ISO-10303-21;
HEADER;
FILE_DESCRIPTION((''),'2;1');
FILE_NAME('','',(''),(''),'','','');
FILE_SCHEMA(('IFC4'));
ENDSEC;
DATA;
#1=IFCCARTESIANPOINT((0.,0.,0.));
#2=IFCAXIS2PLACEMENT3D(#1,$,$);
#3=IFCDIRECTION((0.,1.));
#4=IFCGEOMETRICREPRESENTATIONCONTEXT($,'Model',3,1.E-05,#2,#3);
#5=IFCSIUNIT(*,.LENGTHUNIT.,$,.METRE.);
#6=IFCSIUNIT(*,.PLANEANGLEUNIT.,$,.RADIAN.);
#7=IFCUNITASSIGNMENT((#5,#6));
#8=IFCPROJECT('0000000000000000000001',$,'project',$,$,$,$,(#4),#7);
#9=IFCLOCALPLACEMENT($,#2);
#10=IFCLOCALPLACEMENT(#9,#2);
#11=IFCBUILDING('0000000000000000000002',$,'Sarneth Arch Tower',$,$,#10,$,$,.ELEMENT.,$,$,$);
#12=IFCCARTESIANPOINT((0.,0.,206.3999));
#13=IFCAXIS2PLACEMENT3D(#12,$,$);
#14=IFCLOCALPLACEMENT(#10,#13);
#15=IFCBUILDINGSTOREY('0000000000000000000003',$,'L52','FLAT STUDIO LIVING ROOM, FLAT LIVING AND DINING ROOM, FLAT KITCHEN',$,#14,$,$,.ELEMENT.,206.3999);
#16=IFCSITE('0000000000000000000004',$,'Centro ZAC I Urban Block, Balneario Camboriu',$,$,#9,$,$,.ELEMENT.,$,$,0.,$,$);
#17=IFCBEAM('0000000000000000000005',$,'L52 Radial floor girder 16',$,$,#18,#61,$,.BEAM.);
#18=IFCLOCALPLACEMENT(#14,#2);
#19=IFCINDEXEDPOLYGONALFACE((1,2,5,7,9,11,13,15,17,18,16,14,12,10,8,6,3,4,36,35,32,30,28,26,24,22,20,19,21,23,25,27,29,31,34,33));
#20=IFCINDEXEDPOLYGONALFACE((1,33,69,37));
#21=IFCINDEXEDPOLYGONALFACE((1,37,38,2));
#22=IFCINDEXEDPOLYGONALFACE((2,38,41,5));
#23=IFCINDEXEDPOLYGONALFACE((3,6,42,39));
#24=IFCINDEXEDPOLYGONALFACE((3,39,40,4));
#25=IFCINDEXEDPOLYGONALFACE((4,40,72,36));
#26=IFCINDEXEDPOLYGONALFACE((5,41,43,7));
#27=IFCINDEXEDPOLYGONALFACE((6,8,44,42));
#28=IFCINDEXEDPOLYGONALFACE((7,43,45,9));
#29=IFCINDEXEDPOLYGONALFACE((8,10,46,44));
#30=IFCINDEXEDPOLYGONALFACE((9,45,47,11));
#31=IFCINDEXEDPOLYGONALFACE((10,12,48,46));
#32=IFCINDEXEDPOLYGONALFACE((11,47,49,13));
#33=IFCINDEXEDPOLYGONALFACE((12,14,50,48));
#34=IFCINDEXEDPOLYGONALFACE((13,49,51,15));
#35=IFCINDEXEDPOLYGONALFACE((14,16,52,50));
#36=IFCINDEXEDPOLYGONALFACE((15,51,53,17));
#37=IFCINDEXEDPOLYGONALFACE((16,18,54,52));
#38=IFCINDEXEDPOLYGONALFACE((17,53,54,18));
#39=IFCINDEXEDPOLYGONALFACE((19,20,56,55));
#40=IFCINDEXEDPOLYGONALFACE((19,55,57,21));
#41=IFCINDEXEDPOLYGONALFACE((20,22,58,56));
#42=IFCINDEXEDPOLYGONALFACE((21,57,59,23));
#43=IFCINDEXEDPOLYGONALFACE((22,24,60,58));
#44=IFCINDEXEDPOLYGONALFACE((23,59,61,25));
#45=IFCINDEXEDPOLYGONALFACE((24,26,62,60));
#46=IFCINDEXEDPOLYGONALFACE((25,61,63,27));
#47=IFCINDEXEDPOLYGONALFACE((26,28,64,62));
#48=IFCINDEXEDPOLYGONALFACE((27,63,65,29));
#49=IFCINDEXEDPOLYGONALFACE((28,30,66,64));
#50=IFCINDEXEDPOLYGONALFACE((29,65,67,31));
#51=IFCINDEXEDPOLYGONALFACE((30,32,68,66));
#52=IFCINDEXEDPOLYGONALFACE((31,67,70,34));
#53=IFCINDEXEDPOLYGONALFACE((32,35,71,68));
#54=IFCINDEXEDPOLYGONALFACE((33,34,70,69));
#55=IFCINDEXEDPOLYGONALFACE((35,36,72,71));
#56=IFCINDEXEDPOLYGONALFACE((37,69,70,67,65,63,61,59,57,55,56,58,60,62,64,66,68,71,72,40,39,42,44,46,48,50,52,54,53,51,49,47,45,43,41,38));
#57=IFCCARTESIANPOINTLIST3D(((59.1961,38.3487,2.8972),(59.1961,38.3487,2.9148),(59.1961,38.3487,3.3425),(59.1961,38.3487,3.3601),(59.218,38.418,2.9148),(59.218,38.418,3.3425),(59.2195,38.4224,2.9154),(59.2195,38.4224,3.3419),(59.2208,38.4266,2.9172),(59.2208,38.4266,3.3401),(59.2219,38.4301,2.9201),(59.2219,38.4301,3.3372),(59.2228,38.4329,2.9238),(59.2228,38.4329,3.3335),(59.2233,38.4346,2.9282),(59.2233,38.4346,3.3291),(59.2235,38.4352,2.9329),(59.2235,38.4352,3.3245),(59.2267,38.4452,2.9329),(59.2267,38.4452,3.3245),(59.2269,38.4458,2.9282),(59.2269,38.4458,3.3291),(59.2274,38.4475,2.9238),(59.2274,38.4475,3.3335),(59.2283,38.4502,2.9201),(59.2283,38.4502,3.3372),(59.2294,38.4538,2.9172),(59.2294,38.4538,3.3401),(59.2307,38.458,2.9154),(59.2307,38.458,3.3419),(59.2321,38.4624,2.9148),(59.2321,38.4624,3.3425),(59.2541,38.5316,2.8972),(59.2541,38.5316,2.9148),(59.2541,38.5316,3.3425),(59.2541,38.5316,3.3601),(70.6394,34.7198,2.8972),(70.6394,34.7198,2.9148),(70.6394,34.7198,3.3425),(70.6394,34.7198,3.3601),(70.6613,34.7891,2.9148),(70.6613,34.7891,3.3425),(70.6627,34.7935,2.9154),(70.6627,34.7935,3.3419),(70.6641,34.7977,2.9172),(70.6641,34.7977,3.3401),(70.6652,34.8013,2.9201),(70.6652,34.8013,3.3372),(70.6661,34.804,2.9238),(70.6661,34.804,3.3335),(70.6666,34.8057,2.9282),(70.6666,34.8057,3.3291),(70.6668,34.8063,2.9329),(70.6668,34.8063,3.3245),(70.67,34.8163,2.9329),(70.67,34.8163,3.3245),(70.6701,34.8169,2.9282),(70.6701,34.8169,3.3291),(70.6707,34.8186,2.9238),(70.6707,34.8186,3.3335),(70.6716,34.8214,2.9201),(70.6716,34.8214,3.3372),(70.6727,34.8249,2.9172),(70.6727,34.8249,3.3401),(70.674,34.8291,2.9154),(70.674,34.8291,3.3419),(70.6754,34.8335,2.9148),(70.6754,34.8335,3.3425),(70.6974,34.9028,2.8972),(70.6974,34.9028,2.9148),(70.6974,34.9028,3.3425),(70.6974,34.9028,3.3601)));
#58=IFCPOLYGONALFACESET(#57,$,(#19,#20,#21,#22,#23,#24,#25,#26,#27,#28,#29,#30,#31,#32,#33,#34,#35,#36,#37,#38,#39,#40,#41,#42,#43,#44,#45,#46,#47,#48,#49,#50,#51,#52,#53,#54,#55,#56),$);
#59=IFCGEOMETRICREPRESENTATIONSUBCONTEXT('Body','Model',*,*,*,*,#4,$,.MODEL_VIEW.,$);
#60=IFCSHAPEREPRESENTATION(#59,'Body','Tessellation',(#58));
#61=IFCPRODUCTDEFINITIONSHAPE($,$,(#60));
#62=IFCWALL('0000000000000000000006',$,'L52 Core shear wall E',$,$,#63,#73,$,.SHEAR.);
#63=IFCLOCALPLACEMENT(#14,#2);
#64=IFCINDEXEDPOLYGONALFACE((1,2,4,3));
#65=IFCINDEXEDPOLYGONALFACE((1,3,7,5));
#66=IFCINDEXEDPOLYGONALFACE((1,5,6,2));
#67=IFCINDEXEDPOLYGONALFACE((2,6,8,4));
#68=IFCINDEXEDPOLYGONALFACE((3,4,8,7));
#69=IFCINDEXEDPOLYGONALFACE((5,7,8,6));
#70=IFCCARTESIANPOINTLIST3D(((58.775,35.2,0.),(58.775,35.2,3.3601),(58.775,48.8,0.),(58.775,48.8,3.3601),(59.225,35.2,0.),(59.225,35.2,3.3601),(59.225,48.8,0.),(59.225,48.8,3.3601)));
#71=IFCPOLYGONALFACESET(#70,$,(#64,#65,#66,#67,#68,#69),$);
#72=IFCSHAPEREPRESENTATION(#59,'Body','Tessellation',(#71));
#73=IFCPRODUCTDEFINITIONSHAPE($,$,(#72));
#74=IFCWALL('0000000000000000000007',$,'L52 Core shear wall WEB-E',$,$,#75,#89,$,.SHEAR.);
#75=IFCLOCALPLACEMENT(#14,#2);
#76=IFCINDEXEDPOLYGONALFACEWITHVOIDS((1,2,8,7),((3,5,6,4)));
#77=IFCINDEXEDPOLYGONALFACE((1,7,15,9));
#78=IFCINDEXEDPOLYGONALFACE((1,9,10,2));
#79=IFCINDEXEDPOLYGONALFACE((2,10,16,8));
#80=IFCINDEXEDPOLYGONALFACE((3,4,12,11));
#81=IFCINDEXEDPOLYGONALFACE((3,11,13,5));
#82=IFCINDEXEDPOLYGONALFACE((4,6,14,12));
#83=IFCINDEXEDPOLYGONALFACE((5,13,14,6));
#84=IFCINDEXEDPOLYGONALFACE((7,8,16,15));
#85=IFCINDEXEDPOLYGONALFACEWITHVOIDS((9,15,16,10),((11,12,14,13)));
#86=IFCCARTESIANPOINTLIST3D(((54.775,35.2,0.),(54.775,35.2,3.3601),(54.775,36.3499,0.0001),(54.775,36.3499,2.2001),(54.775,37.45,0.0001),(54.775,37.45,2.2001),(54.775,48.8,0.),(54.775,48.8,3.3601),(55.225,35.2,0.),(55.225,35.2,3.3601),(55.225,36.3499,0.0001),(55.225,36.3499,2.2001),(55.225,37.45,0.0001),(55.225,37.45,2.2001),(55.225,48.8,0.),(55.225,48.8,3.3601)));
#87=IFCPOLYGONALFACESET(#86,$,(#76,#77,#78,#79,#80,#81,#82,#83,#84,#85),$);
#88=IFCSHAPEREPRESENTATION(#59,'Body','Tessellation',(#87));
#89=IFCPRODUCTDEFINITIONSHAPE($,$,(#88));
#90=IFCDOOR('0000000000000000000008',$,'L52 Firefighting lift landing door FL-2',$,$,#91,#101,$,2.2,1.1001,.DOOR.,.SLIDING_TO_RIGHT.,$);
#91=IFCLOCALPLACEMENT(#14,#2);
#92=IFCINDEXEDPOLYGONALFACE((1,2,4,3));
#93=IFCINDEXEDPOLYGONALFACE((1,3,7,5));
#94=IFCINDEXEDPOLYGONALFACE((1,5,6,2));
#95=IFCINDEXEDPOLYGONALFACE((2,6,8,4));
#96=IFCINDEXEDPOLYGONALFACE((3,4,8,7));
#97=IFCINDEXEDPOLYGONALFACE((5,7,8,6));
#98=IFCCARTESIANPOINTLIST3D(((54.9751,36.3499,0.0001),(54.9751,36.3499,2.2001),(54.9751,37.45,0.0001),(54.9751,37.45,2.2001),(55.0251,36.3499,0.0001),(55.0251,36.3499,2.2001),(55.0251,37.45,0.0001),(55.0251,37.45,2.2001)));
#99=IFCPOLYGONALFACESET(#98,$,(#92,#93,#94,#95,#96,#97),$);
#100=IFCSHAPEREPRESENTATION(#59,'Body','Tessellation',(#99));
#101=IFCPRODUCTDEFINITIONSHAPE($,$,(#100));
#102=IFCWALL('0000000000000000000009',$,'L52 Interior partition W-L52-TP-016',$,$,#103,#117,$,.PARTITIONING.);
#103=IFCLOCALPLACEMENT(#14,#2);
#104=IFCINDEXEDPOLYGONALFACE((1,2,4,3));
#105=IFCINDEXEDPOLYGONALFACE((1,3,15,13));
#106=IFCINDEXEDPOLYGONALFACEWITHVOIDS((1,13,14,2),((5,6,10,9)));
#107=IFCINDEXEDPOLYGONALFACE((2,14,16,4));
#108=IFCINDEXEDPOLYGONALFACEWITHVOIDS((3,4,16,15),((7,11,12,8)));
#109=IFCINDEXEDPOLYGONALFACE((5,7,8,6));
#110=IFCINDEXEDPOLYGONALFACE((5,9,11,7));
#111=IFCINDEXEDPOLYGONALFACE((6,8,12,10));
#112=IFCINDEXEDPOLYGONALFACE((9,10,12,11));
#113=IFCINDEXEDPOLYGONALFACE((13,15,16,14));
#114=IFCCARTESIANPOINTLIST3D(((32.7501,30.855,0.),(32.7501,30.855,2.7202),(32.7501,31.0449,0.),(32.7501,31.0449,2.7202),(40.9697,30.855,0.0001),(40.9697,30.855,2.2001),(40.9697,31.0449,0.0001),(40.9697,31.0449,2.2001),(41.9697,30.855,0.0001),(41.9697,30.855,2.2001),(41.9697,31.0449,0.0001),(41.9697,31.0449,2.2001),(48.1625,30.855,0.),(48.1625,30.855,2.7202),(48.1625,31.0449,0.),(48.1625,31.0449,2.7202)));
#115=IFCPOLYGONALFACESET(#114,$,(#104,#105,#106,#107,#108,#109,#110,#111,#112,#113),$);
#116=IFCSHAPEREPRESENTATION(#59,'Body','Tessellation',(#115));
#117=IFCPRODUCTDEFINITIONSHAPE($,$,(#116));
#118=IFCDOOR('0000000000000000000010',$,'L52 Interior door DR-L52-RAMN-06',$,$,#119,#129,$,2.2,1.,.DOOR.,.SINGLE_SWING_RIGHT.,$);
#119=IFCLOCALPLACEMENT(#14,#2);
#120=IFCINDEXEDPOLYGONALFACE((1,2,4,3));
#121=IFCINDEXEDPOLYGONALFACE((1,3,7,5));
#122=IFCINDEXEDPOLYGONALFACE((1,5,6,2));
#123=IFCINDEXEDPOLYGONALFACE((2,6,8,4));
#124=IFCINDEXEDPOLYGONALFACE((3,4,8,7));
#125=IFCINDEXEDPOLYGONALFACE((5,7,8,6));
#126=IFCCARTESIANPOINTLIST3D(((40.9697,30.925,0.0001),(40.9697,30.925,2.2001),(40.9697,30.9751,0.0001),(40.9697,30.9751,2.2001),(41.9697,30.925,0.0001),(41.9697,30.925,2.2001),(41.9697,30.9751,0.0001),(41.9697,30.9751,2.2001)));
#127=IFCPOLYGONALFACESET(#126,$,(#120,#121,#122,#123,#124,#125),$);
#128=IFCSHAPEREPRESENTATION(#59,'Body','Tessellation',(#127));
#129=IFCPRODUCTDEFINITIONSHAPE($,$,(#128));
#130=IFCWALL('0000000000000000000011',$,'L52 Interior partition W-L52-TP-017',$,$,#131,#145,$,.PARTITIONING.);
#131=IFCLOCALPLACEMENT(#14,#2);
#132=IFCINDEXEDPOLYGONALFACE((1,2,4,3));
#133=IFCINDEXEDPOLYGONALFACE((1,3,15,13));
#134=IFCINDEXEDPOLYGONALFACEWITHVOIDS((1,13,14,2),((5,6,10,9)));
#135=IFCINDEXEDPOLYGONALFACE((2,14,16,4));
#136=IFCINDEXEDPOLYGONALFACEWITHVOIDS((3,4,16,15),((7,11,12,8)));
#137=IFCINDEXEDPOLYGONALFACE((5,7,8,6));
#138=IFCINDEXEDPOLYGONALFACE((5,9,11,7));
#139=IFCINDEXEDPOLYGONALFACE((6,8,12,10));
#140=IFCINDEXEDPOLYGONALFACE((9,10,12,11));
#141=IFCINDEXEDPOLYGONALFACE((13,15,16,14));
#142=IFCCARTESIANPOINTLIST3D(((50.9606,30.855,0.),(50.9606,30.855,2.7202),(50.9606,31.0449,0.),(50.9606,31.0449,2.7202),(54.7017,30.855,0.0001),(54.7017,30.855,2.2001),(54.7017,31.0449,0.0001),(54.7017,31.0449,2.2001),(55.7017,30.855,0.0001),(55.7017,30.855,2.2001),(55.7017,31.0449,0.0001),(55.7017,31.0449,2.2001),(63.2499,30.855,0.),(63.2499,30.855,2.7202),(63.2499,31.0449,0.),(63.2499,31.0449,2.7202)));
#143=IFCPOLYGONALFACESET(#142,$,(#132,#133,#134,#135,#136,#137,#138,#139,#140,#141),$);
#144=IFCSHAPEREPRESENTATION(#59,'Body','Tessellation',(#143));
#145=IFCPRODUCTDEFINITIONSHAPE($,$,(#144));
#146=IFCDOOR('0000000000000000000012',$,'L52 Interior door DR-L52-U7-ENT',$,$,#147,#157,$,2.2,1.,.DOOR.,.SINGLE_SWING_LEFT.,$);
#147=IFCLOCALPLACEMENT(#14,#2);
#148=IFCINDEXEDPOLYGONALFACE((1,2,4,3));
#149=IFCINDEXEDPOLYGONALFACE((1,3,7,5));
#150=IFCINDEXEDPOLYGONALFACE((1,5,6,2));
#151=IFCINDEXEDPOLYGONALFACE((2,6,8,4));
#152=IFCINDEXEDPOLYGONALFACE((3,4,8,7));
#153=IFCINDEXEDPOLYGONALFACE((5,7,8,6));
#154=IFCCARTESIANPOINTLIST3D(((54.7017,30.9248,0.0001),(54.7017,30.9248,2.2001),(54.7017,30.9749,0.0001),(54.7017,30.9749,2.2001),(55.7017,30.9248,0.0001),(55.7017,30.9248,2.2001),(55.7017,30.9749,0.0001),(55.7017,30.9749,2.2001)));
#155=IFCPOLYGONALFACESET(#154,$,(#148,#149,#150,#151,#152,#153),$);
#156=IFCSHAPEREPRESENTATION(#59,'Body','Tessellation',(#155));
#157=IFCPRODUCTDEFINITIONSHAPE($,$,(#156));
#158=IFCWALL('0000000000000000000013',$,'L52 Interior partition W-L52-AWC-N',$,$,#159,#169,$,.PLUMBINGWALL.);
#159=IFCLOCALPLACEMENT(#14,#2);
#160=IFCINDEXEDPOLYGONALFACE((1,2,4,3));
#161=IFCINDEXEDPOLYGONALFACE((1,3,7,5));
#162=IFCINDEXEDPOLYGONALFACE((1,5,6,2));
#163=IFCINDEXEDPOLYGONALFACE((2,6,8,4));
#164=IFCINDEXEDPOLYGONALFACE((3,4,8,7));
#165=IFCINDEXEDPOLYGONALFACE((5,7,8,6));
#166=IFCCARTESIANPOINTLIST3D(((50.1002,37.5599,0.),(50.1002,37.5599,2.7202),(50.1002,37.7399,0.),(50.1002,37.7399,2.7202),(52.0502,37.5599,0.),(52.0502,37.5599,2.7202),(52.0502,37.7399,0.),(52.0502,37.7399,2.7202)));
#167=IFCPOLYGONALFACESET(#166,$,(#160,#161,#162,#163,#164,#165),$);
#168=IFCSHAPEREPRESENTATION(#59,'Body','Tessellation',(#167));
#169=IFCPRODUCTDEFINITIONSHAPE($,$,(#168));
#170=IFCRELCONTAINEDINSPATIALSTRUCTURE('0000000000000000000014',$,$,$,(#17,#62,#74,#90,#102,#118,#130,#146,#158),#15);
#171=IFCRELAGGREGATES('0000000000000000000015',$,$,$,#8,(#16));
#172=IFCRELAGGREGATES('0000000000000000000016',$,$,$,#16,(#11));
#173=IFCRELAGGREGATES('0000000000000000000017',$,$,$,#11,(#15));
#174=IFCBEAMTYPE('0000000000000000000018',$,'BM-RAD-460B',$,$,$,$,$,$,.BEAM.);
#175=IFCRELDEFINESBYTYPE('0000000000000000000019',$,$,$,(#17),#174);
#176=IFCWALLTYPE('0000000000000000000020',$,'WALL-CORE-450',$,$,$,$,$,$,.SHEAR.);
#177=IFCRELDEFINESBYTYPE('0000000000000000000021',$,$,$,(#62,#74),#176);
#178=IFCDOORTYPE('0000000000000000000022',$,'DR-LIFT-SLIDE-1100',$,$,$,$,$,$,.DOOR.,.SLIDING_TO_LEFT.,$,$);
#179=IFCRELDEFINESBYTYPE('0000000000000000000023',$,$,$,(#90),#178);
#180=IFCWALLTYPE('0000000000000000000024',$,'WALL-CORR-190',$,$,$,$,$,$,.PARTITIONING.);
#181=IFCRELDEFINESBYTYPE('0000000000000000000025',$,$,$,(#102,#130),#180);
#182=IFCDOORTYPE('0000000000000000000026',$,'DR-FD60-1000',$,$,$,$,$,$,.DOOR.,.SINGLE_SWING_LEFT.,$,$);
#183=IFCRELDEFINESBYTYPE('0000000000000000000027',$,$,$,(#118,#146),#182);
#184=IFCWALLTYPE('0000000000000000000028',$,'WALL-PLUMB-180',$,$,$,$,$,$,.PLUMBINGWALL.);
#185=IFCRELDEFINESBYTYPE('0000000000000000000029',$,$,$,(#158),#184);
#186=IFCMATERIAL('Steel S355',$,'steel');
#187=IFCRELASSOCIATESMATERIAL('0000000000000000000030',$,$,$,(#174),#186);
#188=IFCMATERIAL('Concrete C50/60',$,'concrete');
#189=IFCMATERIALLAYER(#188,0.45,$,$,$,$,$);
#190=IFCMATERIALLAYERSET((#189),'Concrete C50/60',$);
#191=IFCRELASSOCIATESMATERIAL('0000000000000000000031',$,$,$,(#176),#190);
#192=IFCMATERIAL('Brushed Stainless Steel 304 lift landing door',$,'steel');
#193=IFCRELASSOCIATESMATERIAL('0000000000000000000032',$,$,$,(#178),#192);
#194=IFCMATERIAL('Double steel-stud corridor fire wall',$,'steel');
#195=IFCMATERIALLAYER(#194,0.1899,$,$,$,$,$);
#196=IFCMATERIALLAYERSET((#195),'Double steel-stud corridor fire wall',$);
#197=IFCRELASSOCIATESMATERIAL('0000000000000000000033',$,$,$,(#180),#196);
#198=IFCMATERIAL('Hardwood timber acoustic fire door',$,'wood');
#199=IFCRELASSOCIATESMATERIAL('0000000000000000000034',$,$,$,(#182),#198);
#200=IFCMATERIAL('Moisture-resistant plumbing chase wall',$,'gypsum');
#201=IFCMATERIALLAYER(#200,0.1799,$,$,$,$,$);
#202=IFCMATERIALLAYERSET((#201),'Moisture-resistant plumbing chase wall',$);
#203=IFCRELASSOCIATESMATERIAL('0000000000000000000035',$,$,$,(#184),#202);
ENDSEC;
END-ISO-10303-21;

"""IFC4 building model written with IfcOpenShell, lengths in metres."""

from ifc_helpers import new_model, si_unit, direction, frame, frame_2d, origin, origin_2d, place, context, subcontext, project, spatial, rectangle, i_section, extrude, material, layer, layer_set, material_profile, profile_set, type_object, element, fill, save


model = new_model("IFC4")

# Units and contexts
model_context = context("Model", 3, precision=1e-05, world=origin(), true_north=direction((0.0, 1.0)))
body_context = subcontext(model_context, "Body", "Model", "MODEL_VIEW")
ifc_project = project(units=[si_unit("LENGTHUNIT", "METRE"), si_unit("PLANEANGLEUNIT", "RADIAN")], contexts=[model_context])

# Site, building, storey
site_placement = place(None, origin())
site = spatial("IfcSite", under=ifc_project, at=site_placement, Name="Centro ZAC I Urban Block, Balneario Camboriu", CompositionType="ELEMENT", RefElevation=0.0)
building_placement = place(site_placement, origin())
building = spatial("IfcBuilding", under=site, at=building_placement, Name="Sarneth Arch Tower", CompositionType="ELEMENT")
storey_placement = place(building_placement, frame((0.0, 0.0, 206.3999)))
storey = spatial("IfcBuildingStorey", under=building, at=storey_placement, Name="L52", Description="FLAT STUDIO LIVING ROOM, FLAT LIVING AND DINING ROOM, FLAT KITCHEN", CompositionType="ELEMENT", Elevation=206.3999)

# Beam
ifc_material_1 = material(Name="Steel S355", Category="steel")
ifc_material_profile_1 = material_profile(ifc_material_1, i_section(OverallWidth=0.1919, OverallDepth=0.4629, WebThickness=0.0105, FlangeThickness=0.0176, FilletRadius=0.0181, at=origin_2d()), Name="W460x89")
ifc_profile_set_1 = profile_set([ifc_material_profile_1], Name="Steel S355")
beam_type_1 = type_object("IfcBeamType", Name="BM-RAD-460B", PredefinedType="BEAM", material=ifc_profile_set_1)
beam_1_placement = place(storey_placement, frame((59.2251, 38.4402, 3.1287), z_axis=(0.953218, -0.302284, 0.0), x_axis=(0.302284, 0.953218, 0.0)))
element("IfcBeam", 1, at=beam_1_placement, inside=storey, type_object=beam_type_1, Name="L52 Radial floor girder 16", PredefinedType="BEAM", context=body_context, shape_type="SweptSolid", body=[
    extrude(i_section(OverallWidth=0.1919, OverallDepth=0.4629, WebThickness=0.0105, FlangeThickness=0.0176, FilletRadius=0.0181, at=origin_2d()), origin(), (0.0, 0.0, 1.0), 12.0049),
])

# Shared definitions
ifc_material_2 = material(Name="Concrete C50/60", Category="concrete")
ifc_layer_1 = layer(ifc_material_2, 0.45)
ifc_layer_set_1 = layer_set([ifc_layer_1], Name="Concrete C50/60")
wall_type_1 = type_object("IfcWallType", Name="WALL-CORE-450", PredefinedType="SHEAR", material=ifc_layer_set_1)

# Wall
wall_1_placement = place(storey_placement, frame((59.0, 35.2, 0.0), z_axis=(0.0, 0.0, 1.0), x_axis=(0.0, 1.0, 0.0)))
element("IfcWall", 2, at=wall_1_placement, inside=storey, type_object=wall_type_1, Name="L52 Core shear wall E", PredefinedType="SHEAR", context=body_context, shape_type="SweptSolid", body=[
    extrude(rectangle(XDim=13.6001, YDim=0.45, at=frame_2d((6.8, 0.0))), origin(), (0.0, 0.0, 1.0), 3.3601),
])

# Walls, openings, doors
wall_2_placement = place(storey_placement, frame((55.0, 35.2, 0.0), z_axis=(0.0, 0.0, 1.0), x_axis=(0.0, 1.0, 0.0)))
wall_2 = element("IfcWall", 3, at=wall_2_placement, inside=storey, type_object=wall_type_1, Name="L52 Core shear wall WEB-E", PredefinedType="SHEAR", context=body_context, shape_type="SweptSolid", body=[
    extrude(rectangle(XDim=13.6001, YDim=0.45, at=frame_2d((6.8, 0.0))), origin(), (0.0, 0.0, 1.0), 3.3601),
])
opening_1_placement = place(wall_2_placement, frame((1.1499, 0.0, 0.0)))
opening_1 = element("IfcOpeningElement", 4, at=opening_1_placement, cuts=wall_2, PredefinedType="OPENING", context=body_context, shape_type="SweptSolid", body=[
    extrude(rectangle(XDim=1.1001, YDim=2.2, at=frame_2d((0.55, 1.1001))), frame((0.0, 0.2349, 0.0), z_axis=(0.0, -1.0, 0.0), x_axis=(1.0, 0.0, 0.0)), (0.0, 0.0, 1.0), 0.47),
])
ifc_material_3 = material(Name="Brushed Stainless Steel 304 lift landing door", Category="steel")
door_type_1 = type_object("IfcDoorType", Name="DR-LIFT-SLIDE-1100", OperationType="SLIDING_TO_LEFT", PredefinedType="DOOR", material=ifc_material_3)
door_1_placement = place(opening_1_placement, origin())
door_1 = element("IfcDoor", 5, at=door_1_placement, inside=storey, type_object=door_type_1, Name="L52 Firefighting lift landing door FL-2", OperationType="SLIDING_TO_RIGHT", OverallHeight=2.2, OverallWidth=1.1001, PredefinedType="DOOR", context=body_context, shape_type="SweptSolid", body=[
    extrude(rectangle(XDim=1.1001, YDim=2.2, at=frame_2d((0.55, 1.1001))), frame((0.0, 0.0249, 0.0), z_axis=(0.0, -1.0, 0.0), x_axis=(1.0, 0.0, 0.0)), (0.0, 0.0, 1.0), 0.05),
])
fill(opening_1, door_1)
ifc_material_4 = material(Name="Double steel-stud corridor fire wall", Category="steel")
ifc_layer_2 = layer(ifc_material_4, 0.1899)
ifc_layer_set_2 = layer_set([ifc_layer_2], Name="Double steel-stud corridor fire wall")
wall_type_2 = type_object("IfcWallType", Name="WALL-CORR-190", PredefinedType="PARTITIONING", material=ifc_layer_set_2)
wall_3_placement = place(storey_placement, frame((48.1624, 30.95, 0.0), z_axis=(0.0, 0.0, 1.0), x_axis=(-1.0, 0.0, 0.0)))
wall_3 = element("IfcWall", 6, at=wall_3_placement, inside=storey, type_object=wall_type_2, Name="L52 Interior partition W-L52-TP-016", PredefinedType="PARTITIONING", context=body_context, shape_type="SweptSolid", body=[
    extrude(rectangle(XDim=15.4124, YDim=0.1899, at=frame_2d((7.7061, 0.0))), origin(), (0.0, 0.0, 1.0), 2.7202),
])
opening_2_placement = place(wall_3_placement, frame((6.1926, 0.0, 0.0)))
opening_2 = element("IfcOpeningElement", 7, at=opening_2_placement, cuts=wall_3, PredefinedType="OPENING", context=body_context, shape_type="SweptSolid", body=[
    extrude(rectangle(XDim=1.0, YDim=2.2, at=frame_2d((0.5, 1.1001))), frame((0.0, 0.105, 0.0), z_axis=(0.0, -1.0, 0.0), x_axis=(1.0, 0.0, 0.0)), (0.0, 0.0, 1.0), 0.21),
])
ifc_material_5 = material(Name="Hardwood timber acoustic fire door", Category="wood")
door_type_2 = type_object("IfcDoorType", Name="DR-FD60-1000", OperationType="SINGLE_SWING_LEFT", PredefinedType="DOOR", material=ifc_material_5)
door_2_placement = place(opening_2_placement, origin())
door_2 = element("IfcDoor", 8, at=door_2_placement, inside=storey, type_object=door_type_2, Name="L52 Interior door DR-L52-RAMN-06", OperationType="SINGLE_SWING_RIGHT", OverallHeight=2.2, OverallWidth=1.0, PredefinedType="DOOR", context=body_context, shape_type="SweptSolid", body=[
    extrude(rectangle(XDim=1.0, YDim=2.2, at=frame_2d((0.5, 1.1001))), frame((0.0, 0.0249, 0.0), z_axis=(0.0, -1.0, 0.0), x_axis=(1.0, 0.0, 0.0)), (0.0, 0.0, 1.0), 0.05),
])
fill(opening_2, door_2)
wall_4_placement = place(storey_placement, frame((50.9607, 30.95, 0.0), z_axis=(0.0, 0.0, 1.0), x_axis=(1.0, 0.0, 0.0)))
wall_4 = element("IfcWall", 9, at=wall_4_placement, inside=storey, type_object=wall_type_2, Name="L52 Interior partition W-L52-TP-017", PredefinedType="PARTITIONING", context=body_context, shape_type="SweptSolid", body=[
    extrude(rectangle(XDim=12.2893, YDim=0.1899, at=frame_2d((6.1445, 0.0))), origin(), (0.0, 0.0, 1.0), 2.7202),
])
opening_3_placement = place(wall_4_placement, frame((3.741, 0.0, 0.0)))
opening_3 = element("IfcOpeningElement", 10, at=opening_3_placement, cuts=wall_4, PredefinedType="OPENING", context=body_context, shape_type="SweptSolid", body=[
    extrude(rectangle(XDim=1.0, YDim=2.2, at=frame_2d((0.5, 1.1001))), frame((0.0, 0.105, 0.0), z_axis=(0.0, -1.0, 0.0), x_axis=(1.0, 0.0, 0.0)), (0.0, 0.0, 1.0), 0.21),
])
door_3_placement = place(opening_3_placement, origin())
door_3 = element("IfcDoor", 11, at=door_3_placement, inside=storey, type_object=door_type_2, Name="L52 Interior door DR-L52-U7-ENT", OperationType="SINGLE_SWING_LEFT", OverallHeight=2.2, OverallWidth=1.0, PredefinedType="DOOR", context=body_context, shape_type="SweptSolid", body=[
    extrude(rectangle(XDim=1.0, YDim=2.2, at=frame_2d((0.5, 1.1001))), frame((0.0, 0.0249, 0.0), z_axis=(0.0, -1.0, 0.0), x_axis=(1.0, 0.0, 0.0)), (0.0, 0.0, 1.0), 0.05),
])
fill(opening_3, door_3)

# Wall
ifc_material_6 = material(Name="Moisture-resistant plumbing chase wall", Category="gypsum")
ifc_layer_3 = layer(ifc_material_6, 0.1799)
ifc_layer_set_3 = layer_set([ifc_layer_3], Name="Moisture-resistant plumbing chase wall")
wall_type_3 = type_object("IfcWallType", Name="WALL-PLUMB-180", PredefinedType="PLUMBINGWALL", material=ifc_layer_set_3)
wall_5_placement = place(storey_placement, frame((50.1001, 37.6499, 0.0), z_axis=(0.0, 0.0, 1.0), x_axis=(1.0, 0.0, 0.0)))
element("IfcWall", 12, at=wall_5_placement, inside=storey, type_object=wall_type_3, Name="L52 Interior partition W-L52-AWC-N", PredefinedType="PLUMBINGWALL", context=body_context, shape_type="SweptSolid", body=[
    extrude(rectangle(XDim=1.95, YDim=0.1799, at=frame_2d((0.9751, 0.0))), origin(), (0.0, 0.0, 1.0), 2.7202),
])

save(model, "model.ifc")
